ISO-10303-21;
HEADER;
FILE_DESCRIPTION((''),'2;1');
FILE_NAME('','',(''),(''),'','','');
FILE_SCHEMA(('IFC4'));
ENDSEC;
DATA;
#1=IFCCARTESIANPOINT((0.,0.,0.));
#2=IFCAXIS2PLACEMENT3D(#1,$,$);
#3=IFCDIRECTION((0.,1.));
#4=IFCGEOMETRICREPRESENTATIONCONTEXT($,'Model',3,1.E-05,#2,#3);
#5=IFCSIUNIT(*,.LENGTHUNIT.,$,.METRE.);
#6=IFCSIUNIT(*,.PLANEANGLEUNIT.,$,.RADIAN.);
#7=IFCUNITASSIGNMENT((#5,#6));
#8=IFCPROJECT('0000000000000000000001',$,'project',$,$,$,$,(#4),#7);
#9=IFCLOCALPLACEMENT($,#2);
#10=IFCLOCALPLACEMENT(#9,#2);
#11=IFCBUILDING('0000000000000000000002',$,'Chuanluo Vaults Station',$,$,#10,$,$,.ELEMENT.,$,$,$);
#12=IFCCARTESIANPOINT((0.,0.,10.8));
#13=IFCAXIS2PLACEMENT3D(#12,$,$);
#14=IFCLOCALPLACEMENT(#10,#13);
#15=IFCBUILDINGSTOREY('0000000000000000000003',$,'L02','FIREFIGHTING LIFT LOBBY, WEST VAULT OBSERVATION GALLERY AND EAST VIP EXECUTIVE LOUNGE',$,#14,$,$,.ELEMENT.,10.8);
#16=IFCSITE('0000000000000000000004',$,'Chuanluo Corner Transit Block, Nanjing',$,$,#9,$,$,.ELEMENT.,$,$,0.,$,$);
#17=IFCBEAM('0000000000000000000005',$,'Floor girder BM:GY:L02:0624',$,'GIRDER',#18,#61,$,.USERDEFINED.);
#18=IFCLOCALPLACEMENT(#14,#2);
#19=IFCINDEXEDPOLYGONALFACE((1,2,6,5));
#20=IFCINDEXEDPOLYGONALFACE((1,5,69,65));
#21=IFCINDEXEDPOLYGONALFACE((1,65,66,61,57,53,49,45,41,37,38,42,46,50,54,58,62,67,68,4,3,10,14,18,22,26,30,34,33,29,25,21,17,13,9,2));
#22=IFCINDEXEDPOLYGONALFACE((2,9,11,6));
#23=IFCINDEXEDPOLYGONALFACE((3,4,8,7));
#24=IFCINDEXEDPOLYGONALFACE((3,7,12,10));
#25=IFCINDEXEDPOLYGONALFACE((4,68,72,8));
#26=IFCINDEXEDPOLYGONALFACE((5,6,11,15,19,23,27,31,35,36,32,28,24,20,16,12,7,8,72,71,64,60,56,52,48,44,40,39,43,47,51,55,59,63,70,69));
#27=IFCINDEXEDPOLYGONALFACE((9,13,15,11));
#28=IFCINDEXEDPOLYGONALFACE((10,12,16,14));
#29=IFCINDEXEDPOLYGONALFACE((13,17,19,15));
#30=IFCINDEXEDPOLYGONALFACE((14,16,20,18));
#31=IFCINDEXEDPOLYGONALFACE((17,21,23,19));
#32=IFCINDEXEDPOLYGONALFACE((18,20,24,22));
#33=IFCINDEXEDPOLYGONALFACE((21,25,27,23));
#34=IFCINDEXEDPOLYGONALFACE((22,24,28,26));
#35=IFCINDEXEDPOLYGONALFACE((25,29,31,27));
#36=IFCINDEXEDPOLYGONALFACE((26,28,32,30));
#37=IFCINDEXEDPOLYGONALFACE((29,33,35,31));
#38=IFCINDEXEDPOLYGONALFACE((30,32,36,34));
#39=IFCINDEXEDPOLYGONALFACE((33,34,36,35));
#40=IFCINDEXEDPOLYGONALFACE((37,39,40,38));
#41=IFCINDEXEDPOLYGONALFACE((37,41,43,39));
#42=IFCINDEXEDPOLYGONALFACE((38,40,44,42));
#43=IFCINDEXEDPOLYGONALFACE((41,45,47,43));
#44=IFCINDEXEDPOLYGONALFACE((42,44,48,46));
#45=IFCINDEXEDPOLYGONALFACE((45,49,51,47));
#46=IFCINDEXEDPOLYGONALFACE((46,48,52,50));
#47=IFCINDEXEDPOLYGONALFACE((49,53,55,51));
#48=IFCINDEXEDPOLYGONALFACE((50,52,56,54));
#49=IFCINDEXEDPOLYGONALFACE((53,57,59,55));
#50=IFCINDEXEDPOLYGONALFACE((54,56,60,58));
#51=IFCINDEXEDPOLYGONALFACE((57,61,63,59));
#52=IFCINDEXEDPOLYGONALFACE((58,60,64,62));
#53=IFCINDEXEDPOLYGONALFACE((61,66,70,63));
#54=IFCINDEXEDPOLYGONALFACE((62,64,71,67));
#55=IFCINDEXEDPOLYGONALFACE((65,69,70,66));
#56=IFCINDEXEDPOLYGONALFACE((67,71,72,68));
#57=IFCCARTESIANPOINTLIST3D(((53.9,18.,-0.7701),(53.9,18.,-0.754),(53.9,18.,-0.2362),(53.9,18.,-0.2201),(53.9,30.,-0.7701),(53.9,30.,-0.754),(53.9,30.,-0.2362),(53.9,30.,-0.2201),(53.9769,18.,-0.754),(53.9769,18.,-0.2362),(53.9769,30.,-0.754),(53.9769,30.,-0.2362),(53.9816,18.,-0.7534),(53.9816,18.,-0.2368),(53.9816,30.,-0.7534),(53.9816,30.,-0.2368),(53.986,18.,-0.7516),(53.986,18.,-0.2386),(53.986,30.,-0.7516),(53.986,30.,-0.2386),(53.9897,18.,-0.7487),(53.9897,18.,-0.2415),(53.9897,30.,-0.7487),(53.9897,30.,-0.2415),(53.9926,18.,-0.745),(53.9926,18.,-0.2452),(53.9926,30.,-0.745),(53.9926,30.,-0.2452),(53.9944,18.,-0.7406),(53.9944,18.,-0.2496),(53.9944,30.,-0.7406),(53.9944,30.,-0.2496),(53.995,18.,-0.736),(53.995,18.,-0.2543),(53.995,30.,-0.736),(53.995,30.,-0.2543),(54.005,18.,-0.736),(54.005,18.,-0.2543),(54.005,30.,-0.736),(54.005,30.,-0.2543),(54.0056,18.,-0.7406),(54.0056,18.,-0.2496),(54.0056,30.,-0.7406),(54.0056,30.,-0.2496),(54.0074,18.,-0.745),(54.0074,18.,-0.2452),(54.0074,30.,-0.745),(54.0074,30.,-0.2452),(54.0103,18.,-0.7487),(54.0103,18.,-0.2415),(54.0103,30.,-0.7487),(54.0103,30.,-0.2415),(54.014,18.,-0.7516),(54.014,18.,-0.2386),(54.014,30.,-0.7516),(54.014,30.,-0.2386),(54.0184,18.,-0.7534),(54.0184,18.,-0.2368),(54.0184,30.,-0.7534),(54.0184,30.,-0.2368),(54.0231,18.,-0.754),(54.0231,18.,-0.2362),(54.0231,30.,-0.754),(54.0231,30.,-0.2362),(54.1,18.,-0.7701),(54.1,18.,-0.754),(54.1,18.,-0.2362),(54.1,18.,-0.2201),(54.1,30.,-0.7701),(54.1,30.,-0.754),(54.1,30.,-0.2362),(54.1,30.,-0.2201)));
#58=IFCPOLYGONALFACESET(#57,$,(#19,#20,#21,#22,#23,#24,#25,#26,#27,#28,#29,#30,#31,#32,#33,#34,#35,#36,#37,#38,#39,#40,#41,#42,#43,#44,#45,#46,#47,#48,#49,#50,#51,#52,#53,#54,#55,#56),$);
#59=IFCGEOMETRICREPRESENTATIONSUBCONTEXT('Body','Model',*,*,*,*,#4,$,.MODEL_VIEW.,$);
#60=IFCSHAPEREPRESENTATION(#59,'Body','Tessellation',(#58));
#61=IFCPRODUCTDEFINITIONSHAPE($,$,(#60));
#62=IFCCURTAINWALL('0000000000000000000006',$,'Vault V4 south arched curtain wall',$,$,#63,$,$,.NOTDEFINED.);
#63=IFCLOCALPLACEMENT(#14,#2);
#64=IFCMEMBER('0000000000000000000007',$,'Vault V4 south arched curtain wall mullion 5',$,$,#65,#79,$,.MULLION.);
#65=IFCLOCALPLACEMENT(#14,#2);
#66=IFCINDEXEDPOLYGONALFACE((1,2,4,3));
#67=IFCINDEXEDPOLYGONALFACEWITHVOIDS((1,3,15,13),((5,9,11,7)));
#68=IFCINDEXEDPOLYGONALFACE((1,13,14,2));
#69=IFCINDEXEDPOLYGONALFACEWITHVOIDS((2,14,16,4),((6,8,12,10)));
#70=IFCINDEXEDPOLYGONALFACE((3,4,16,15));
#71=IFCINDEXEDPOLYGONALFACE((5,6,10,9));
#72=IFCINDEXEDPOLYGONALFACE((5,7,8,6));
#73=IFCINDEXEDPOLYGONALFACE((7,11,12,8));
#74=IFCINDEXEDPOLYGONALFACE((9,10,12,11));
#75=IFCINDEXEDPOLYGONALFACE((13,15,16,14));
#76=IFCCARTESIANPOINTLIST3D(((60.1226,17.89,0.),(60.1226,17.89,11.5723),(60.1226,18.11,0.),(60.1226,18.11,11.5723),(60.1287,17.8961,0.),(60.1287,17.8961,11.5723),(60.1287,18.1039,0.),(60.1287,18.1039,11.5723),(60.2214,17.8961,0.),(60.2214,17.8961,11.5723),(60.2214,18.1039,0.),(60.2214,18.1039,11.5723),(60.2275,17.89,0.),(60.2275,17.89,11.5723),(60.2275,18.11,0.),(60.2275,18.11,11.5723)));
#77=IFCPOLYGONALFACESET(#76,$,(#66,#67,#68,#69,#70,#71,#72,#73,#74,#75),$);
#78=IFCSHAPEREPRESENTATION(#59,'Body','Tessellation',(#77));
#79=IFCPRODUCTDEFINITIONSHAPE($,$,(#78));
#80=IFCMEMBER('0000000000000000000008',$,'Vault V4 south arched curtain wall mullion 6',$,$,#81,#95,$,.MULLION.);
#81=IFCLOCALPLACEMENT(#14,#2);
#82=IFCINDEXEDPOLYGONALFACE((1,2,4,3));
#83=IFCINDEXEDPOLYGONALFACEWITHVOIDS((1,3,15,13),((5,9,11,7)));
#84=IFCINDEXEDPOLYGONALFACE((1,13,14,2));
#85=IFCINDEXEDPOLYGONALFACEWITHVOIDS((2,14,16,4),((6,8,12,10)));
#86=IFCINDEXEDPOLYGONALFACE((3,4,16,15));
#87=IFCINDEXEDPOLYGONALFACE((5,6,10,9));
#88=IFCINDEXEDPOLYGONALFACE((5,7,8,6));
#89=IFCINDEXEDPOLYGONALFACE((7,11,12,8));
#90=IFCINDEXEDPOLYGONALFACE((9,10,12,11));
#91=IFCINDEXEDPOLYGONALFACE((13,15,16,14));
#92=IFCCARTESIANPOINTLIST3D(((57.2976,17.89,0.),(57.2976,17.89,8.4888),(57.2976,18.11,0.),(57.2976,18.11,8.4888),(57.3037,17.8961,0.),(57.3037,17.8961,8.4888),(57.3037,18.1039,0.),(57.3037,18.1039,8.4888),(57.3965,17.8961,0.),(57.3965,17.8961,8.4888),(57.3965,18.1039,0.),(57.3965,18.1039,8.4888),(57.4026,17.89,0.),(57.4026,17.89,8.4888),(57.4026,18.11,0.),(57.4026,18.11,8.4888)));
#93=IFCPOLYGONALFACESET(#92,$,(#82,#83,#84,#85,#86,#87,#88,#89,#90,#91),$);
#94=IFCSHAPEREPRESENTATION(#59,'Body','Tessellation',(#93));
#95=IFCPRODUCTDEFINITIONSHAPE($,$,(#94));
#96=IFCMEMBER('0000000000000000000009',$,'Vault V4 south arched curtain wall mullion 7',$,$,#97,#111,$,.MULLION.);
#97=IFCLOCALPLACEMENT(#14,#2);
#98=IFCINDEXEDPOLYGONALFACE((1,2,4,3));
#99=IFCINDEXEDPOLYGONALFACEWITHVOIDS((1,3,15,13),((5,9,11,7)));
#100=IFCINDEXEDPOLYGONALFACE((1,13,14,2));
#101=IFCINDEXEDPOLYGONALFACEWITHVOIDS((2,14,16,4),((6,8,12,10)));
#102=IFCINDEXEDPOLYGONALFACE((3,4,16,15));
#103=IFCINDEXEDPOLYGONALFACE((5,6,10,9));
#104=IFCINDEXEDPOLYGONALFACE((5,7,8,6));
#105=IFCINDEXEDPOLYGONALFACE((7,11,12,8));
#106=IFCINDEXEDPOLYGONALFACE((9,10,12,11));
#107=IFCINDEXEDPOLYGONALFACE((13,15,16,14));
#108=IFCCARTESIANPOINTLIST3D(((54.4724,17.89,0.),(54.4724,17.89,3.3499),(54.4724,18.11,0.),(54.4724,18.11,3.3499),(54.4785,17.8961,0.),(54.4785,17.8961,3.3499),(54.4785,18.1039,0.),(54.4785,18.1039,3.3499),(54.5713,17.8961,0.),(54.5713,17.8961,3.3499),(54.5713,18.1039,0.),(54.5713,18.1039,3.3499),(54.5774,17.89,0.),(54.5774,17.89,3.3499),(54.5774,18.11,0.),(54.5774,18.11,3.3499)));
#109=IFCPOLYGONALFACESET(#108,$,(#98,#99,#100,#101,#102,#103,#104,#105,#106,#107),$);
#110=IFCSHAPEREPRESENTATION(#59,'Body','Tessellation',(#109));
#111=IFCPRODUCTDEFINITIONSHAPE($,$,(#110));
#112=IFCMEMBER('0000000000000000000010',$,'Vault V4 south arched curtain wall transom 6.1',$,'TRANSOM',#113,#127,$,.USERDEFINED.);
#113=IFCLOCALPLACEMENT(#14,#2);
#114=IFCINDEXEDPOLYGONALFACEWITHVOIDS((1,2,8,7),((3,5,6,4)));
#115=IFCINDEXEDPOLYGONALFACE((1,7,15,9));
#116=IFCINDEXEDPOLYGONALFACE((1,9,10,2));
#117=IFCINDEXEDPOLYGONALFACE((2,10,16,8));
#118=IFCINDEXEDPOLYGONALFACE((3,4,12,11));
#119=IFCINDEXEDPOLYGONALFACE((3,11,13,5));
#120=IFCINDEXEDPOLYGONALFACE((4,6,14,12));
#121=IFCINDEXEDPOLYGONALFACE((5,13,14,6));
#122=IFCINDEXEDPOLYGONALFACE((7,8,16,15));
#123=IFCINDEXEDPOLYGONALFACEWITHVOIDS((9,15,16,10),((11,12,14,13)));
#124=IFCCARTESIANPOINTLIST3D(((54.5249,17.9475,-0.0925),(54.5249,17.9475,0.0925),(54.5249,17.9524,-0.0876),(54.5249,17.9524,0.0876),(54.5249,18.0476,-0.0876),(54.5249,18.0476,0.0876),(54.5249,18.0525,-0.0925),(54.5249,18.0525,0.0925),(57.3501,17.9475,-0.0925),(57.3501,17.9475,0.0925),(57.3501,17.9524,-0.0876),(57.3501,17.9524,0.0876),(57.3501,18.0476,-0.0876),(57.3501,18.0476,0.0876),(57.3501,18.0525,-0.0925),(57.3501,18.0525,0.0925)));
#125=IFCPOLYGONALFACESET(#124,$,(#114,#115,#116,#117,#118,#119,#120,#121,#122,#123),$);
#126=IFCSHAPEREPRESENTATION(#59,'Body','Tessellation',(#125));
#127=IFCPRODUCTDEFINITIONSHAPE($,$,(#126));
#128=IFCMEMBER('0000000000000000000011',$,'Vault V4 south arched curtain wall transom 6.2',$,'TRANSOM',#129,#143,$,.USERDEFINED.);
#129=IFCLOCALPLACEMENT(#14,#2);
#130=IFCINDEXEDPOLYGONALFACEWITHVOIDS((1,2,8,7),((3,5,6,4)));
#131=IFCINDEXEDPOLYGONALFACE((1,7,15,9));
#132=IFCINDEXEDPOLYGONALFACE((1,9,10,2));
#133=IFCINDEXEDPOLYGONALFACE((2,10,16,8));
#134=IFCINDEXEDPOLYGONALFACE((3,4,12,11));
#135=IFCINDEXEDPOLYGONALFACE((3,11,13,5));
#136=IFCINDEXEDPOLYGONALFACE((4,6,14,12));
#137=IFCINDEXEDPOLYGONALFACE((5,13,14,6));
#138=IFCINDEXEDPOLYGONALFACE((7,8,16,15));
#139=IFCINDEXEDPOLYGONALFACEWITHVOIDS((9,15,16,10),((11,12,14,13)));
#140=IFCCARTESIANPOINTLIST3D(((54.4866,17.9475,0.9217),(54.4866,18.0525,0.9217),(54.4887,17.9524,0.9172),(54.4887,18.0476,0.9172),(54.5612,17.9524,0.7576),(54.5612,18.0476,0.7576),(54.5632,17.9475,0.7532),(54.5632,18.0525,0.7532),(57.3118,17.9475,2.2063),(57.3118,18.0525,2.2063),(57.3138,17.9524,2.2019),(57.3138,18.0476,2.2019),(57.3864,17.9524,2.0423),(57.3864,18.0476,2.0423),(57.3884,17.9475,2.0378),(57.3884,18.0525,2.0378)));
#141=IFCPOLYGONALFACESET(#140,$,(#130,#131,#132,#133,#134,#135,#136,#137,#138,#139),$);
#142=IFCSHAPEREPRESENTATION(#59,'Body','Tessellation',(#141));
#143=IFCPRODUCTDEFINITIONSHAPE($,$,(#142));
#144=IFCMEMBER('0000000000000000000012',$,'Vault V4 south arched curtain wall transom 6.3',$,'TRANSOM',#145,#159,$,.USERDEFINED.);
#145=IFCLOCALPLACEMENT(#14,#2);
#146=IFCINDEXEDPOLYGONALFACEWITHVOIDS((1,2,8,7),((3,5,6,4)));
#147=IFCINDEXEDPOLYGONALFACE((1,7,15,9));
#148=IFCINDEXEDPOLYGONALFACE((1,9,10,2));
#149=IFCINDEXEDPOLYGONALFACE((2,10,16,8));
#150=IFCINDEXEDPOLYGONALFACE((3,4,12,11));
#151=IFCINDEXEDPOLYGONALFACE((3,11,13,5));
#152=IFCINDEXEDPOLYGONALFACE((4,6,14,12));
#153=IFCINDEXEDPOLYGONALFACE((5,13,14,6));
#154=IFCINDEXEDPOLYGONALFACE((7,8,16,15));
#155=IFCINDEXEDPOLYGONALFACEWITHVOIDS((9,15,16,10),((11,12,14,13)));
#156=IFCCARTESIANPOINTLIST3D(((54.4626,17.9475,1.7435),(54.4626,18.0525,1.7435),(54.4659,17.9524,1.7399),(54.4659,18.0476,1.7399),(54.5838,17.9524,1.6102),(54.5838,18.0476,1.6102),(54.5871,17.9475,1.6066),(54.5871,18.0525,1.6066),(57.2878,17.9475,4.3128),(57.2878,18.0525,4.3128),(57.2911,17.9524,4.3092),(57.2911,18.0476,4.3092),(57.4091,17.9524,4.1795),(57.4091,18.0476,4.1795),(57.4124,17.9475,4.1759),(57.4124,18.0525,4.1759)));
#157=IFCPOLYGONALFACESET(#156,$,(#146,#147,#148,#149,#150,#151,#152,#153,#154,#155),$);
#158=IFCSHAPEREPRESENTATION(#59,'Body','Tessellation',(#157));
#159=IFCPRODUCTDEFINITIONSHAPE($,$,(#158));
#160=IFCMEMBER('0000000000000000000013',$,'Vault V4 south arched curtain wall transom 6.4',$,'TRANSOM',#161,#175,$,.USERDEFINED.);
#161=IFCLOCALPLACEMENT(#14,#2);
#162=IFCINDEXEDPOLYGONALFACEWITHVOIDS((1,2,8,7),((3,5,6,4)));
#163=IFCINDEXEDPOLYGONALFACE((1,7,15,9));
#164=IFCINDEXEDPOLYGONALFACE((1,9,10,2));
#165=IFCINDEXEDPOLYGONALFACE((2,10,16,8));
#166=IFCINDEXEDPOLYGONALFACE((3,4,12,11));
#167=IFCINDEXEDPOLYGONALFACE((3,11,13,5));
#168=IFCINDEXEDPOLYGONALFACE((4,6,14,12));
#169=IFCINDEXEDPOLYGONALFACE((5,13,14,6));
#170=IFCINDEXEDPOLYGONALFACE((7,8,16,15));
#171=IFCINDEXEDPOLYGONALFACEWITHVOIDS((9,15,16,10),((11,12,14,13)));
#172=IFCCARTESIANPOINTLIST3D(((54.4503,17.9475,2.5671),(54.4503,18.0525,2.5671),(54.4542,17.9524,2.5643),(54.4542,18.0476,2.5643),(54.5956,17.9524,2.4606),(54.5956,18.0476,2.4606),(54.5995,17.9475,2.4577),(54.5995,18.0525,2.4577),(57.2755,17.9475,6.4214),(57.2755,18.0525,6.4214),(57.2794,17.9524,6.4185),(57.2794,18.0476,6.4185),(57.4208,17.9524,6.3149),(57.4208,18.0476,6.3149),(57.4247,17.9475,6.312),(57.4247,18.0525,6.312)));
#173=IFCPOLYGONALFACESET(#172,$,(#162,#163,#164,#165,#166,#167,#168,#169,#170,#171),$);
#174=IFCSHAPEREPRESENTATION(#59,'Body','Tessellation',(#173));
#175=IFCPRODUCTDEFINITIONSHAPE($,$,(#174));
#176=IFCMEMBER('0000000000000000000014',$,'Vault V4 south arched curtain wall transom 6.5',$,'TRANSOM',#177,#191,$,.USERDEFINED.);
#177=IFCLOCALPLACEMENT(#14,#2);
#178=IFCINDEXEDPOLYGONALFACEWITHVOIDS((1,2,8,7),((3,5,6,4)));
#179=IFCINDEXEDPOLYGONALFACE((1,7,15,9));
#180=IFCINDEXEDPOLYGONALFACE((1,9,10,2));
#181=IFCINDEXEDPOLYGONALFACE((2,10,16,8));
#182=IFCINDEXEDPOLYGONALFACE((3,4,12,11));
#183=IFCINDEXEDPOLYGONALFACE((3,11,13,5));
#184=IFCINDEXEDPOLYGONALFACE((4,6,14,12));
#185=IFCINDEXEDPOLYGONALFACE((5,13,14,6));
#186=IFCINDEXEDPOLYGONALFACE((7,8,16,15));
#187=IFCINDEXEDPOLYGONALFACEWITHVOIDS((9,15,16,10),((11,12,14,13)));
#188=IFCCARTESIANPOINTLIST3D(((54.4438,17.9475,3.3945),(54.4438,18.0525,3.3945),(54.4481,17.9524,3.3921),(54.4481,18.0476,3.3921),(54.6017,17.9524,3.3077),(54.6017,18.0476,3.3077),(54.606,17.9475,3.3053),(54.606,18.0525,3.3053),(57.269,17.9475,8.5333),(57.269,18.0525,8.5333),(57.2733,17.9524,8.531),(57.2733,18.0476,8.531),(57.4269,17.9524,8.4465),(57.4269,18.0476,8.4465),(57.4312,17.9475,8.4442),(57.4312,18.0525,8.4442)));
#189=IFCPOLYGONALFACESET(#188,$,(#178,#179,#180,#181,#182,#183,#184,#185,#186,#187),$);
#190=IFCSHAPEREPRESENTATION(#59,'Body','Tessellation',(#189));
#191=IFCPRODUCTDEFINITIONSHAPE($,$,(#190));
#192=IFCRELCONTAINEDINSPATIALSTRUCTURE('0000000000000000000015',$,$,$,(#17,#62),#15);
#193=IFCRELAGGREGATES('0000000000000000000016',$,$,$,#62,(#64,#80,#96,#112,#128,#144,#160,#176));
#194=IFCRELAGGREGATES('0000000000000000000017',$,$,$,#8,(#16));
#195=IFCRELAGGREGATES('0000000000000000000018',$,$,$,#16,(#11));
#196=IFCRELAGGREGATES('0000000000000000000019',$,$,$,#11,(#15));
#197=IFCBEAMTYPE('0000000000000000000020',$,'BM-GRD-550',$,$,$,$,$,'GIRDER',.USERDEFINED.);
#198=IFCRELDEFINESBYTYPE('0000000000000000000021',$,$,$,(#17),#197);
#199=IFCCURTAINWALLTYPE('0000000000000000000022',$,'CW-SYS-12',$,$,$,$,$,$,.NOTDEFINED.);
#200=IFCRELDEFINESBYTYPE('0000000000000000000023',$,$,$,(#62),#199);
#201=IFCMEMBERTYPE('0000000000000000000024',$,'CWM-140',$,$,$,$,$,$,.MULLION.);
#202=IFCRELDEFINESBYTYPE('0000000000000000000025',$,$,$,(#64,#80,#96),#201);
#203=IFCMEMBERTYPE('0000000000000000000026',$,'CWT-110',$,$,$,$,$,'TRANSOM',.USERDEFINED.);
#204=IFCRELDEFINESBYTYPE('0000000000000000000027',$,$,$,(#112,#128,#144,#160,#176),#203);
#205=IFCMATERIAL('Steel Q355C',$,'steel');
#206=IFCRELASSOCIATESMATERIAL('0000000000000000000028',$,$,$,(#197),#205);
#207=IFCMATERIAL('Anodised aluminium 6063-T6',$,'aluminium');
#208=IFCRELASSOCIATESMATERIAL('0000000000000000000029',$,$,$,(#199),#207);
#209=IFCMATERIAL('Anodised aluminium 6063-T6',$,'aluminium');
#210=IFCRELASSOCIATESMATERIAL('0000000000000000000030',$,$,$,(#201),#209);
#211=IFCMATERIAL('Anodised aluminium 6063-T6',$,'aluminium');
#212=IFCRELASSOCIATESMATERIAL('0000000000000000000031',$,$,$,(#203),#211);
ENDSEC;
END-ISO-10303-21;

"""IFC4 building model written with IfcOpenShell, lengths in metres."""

from ifc_helpers import new_model, si_unit, direction, frame, origin, origin_2d, place, context, subcontext, project, spatial, hollow_rectangle, i_section, extrude, material, material_profile, profile_set, type_object, element, aggregate, save


model = new_model("IFC4")

# Units and contexts
model_context = context("Model", 3, precision=1e-05, world=origin(), true_north=direction((0.0, 1.0)))
body_context = subcontext(model_context, "Body", "Model", "MODEL_VIEW")
ifc_project = project(units=[si_unit("LENGTHUNIT", "METRE"), si_unit("PLANEANGLEUNIT", "RADIAN")], contexts=[model_context])

# Site, building, storey
site_placement = place(None, origin())
site = spatial("IfcSite", under=ifc_project, at=site_placement, Name="Chuanluo Corner Transit Block, Nanjing", CompositionType="ELEMENT", RefElevation=0.0)
building_placement = place(site_placement, origin())
building = spatial("IfcBuilding", under=site, at=building_placement, Name="Chuanluo Vaults Station", CompositionType="ELEMENT")
storey_placement = place(building_placement, frame((0.0, 0.0, 10.8)))
storey = spatial("IfcBuildingStorey", under=building, at=storey_placement, Name="L02", Description="FIREFIGHTING LIFT LOBBY, WEST VAULT OBSERVATION GALLERY AND EAST VIP EXECUTIVE LOUNGE", CompositionType="ELEMENT", Elevation=10.8)

# Beam
ifc_material_1 = material(Name="Steel Q355C", Category="steel")
ifc_material_profile_1 = material_profile(ifc_material_1, i_section(OverallWidth=0.2, OverallDepth=0.55, WebThickness=0.01, FlangeThickness=0.0161, FilletRadius=0.0181, at=origin_2d()))
ifc_profile_set_1 = profile_set([ifc_material_profile_1], Name="Steel Q355C")
beam_type = type_object("IfcBeamType", Name="BM-GRD-550", ElementType="GIRDER", PredefinedType="USERDEFINED", material=ifc_profile_set_1)
beam_placement = place(storey_placement, frame((54.0, 18.0, -0.4951), z_axis=(0.0, 1.0, 0.0), x_axis=(-1.0, 0.0, 0.0)))
element("IfcBeam", 1, at=beam_placement, inside=storey, type_object=beam_type, Name="Floor girder BM:GY:L02:0624", ObjectType="GIRDER", PredefinedType="USERDEFINED", context=body_context, shape_type="SweptSolid", body=[
    extrude(i_section(OverallWidth=0.2, OverallDepth=0.55, WebThickness=0.01, FlangeThickness=0.0161, FilletRadius=0.0181, at=origin_2d()), origin(), (0.0, 0.0, 1.0), 12.0),
])

# Curtain wall, members
ifc_material_2 = material(Name="Anodised aluminium 6063-T6", Category="aluminium")
curtain_wall_type = type_object("IfcCurtainWallType", Name="CW-SYS-12", PredefinedType="NOTDEFINED", material=ifc_material_2)
curtain_wall_placement = place(storey_placement, origin())
curtain_wall = element("IfcCurtainWall", 2, at=curtain_wall_placement, inside=storey, type_object=curtain_wall_type, Name="Vault V4 south arched curtain wall", PredefinedType="NOTDEFINED")
ifc_material_3 = material(Name="Anodised aluminium 6063-T6", Category="aluminium")
ifc_material_profile_2 = material_profile(ifc_material_3, hollow_rectangle(XDim=0.105, YDim=0.22, WallThickness=0.0061, at=origin_2d()))
ifc_profile_set_2 = profile_set([ifc_material_profile_2], Name="Anodised aluminium 6063-T6")
member_type_1 = type_object("IfcMemberType", Name="CWM-140", PredefinedType="MULLION", material=ifc_profile_set_2)
member_1_placement = place(storey_placement, frame((60.175, 18.0, 0.0), z_axis=(0.0, 0.0, 1.0), x_axis=(-1.0, 0.0, 0.0)))
member_1 = element("IfcMember", 3, at=member_1_placement, type_object=member_type_1, Name="Vault V4 south arched curtain wall mullion 5", PredefinedType="MULLION", context=body_context, shape_type="SweptSolid", body=[
    extrude(hollow_rectangle(XDim=0.105, YDim=0.22, WallThickness=0.0061, at=origin_2d()), origin(), (0.0, 0.0, 1.0), 11.5723),
])
member_2_placement = place(storey_placement, frame((57.3501, 18.0, 0.0), z_axis=(0.0, 0.0, 1.0), x_axis=(-1.0, 0.0, 0.0)))
member_2 = element("IfcMember", 4, at=member_2_placement, type_object=member_type_1, Name="Vault V4 south arched curtain wall mullion 6", PredefinedType="MULLION", context=body_context, shape_type="SweptSolid", body=[
    extrude(hollow_rectangle(XDim=0.105, YDim=0.22, WallThickness=0.0061, at=origin_2d()), origin(), (0.0, 0.0, 1.0), 8.4888),
])
member_3_placement = place(storey_placement, frame((54.5249, 18.0, 0.0), z_axis=(0.0, 0.0, 1.0), x_axis=(-1.0, 0.0, 0.0)))
member_3 = element("IfcMember", 5, at=member_3_placement, type_object=member_type_1, Name="Vault V4 south arched curtain wall mullion 7", PredefinedType="MULLION", context=body_context, shape_type="SweptSolid", body=[
    extrude(hollow_rectangle(XDim=0.105, YDim=0.22, WallThickness=0.0061, at=origin_2d()), origin(), (0.0, 0.0, 1.0), 3.3499),
])
ifc_material_4 = material(Name="Anodised aluminium 6063-T6", Category="aluminium")
ifc_material_profile_3 = material_profile(ifc_material_4, hollow_rectangle(XDim=0.105, YDim=0.1851, WallThickness=0.0049, at=origin_2d()))
ifc_profile_set_3 = profile_set([ifc_material_profile_3], Name="Anodised aluminium 6063-T6")
member_type_2 = type_object("IfcMemberType", Name="CWT-110", ElementType="TRANSOM", PredefinedType="USERDEFINED", material=ifc_profile_set_3)
member_4_placement = place(storey_placement, frame((57.3501, 18.0, 0.0), z_axis=(-1.0, 0.0, 0.0), x_axis=(0.0, -1.0, 0.0)))
member_4 = element("IfcMember", 6, at=member_4_placement, type_object=member_type_2, Name="Vault V4 south arched curtain wall transom 6.1", ObjectType="TRANSOM", PredefinedType="USERDEFINED", context=body_context, shape_type="SweptSolid", body=[
    extrude(hollow_rectangle(XDim=0.105, YDim=0.1851, WallThickness=0.0049, at=origin_2d()), origin(), (0.0, 0.0, 1.0), 2.8252),
])
member_5_placement = place(storey_placement, frame((57.3501, 18.0, 2.1221), z_axis=(-0.910307, 0.0, -0.413933), x_axis=(0.0, -1.0, 0.0)))
member_5 = element("IfcMember", 7, at=member_5_placement, type_object=member_type_2, Name="Vault V4 south arched curtain wall transom 6.2", ObjectType="TRANSOM", PredefinedType="USERDEFINED", context=body_context, shape_type="SweptSolid", body=[
    extrude(hollow_rectangle(XDim=0.105, YDim=0.1851, WallThickness=0.0049, at=origin_2d()), origin(), (0.0, 0.0, 1.0), 3.1035),
])
member_6_placement = place(storey_placement, frame((57.3501, 18.0, 4.2444), z_axis=(-0.739813, 0.0, -0.672813), x_axis=(0.0, -1.0, 0.0)))
member_6 = element("IfcMember", 8, at=member_6_placement, type_object=member_type_2, Name="Vault V4 south arched curtain wall transom 6.3", ObjectType="TRANSOM", PredefinedType="USERDEFINED", context=body_context, shape_type="SweptSolid", body=[
    extrude(hollow_rectangle(XDim=0.105, YDim=0.1851, WallThickness=0.0049, at=origin_2d()), origin(), (0.0, 0.0, 1.0), 3.8188),
])
member_7_placement = place(storey_placement, frame((57.3501, 18.0, 6.3667), z_axis=(-0.591193, 0.0, -0.80653), x_axis=(0.0, -1.0, 0.0)))
member_7 = element("IfcMember", 9, at=member_7_placement, type_object=member_type_2, Name="Vault V4 south arched curtain wall transom 6.4", ObjectType="TRANSOM", PredefinedType="USERDEFINED", context=body_context, shape_type="SweptSolid", body=[
    extrude(hollow_rectangle(XDim=0.105, YDim=0.1851, WallThickness=0.0049, at=origin_2d()), origin(), (0.0, 0.0, 1.0), 4.7788),
])
member_8_placement = place(storey_placement, frame((57.3501, 18.0, 8.4888), z_axis=(-0.481761, 0.0, -0.876303), x_axis=(0.0, -1.0, 0.0)))
member_8 = element("IfcMember", 10, at=member_8_placement, type_object=member_type_2, Name="Vault V4 south arched curtain wall transom 6.5", ObjectType="TRANSOM", PredefinedType="USERDEFINED", context=body_context, shape_type="SweptSolid", body=[
    extrude(hollow_rectangle(XDim=0.105, YDim=0.1851, WallThickness=0.0049, at=origin_2d()), origin(), (0.0, 0.0, 1.0), 5.8643),
])
aggregate(curtain_wall, [member_1, member_2, member_3, member_4, member_5, member_6, member_7, member_8])

save(model, "model.ifc")
